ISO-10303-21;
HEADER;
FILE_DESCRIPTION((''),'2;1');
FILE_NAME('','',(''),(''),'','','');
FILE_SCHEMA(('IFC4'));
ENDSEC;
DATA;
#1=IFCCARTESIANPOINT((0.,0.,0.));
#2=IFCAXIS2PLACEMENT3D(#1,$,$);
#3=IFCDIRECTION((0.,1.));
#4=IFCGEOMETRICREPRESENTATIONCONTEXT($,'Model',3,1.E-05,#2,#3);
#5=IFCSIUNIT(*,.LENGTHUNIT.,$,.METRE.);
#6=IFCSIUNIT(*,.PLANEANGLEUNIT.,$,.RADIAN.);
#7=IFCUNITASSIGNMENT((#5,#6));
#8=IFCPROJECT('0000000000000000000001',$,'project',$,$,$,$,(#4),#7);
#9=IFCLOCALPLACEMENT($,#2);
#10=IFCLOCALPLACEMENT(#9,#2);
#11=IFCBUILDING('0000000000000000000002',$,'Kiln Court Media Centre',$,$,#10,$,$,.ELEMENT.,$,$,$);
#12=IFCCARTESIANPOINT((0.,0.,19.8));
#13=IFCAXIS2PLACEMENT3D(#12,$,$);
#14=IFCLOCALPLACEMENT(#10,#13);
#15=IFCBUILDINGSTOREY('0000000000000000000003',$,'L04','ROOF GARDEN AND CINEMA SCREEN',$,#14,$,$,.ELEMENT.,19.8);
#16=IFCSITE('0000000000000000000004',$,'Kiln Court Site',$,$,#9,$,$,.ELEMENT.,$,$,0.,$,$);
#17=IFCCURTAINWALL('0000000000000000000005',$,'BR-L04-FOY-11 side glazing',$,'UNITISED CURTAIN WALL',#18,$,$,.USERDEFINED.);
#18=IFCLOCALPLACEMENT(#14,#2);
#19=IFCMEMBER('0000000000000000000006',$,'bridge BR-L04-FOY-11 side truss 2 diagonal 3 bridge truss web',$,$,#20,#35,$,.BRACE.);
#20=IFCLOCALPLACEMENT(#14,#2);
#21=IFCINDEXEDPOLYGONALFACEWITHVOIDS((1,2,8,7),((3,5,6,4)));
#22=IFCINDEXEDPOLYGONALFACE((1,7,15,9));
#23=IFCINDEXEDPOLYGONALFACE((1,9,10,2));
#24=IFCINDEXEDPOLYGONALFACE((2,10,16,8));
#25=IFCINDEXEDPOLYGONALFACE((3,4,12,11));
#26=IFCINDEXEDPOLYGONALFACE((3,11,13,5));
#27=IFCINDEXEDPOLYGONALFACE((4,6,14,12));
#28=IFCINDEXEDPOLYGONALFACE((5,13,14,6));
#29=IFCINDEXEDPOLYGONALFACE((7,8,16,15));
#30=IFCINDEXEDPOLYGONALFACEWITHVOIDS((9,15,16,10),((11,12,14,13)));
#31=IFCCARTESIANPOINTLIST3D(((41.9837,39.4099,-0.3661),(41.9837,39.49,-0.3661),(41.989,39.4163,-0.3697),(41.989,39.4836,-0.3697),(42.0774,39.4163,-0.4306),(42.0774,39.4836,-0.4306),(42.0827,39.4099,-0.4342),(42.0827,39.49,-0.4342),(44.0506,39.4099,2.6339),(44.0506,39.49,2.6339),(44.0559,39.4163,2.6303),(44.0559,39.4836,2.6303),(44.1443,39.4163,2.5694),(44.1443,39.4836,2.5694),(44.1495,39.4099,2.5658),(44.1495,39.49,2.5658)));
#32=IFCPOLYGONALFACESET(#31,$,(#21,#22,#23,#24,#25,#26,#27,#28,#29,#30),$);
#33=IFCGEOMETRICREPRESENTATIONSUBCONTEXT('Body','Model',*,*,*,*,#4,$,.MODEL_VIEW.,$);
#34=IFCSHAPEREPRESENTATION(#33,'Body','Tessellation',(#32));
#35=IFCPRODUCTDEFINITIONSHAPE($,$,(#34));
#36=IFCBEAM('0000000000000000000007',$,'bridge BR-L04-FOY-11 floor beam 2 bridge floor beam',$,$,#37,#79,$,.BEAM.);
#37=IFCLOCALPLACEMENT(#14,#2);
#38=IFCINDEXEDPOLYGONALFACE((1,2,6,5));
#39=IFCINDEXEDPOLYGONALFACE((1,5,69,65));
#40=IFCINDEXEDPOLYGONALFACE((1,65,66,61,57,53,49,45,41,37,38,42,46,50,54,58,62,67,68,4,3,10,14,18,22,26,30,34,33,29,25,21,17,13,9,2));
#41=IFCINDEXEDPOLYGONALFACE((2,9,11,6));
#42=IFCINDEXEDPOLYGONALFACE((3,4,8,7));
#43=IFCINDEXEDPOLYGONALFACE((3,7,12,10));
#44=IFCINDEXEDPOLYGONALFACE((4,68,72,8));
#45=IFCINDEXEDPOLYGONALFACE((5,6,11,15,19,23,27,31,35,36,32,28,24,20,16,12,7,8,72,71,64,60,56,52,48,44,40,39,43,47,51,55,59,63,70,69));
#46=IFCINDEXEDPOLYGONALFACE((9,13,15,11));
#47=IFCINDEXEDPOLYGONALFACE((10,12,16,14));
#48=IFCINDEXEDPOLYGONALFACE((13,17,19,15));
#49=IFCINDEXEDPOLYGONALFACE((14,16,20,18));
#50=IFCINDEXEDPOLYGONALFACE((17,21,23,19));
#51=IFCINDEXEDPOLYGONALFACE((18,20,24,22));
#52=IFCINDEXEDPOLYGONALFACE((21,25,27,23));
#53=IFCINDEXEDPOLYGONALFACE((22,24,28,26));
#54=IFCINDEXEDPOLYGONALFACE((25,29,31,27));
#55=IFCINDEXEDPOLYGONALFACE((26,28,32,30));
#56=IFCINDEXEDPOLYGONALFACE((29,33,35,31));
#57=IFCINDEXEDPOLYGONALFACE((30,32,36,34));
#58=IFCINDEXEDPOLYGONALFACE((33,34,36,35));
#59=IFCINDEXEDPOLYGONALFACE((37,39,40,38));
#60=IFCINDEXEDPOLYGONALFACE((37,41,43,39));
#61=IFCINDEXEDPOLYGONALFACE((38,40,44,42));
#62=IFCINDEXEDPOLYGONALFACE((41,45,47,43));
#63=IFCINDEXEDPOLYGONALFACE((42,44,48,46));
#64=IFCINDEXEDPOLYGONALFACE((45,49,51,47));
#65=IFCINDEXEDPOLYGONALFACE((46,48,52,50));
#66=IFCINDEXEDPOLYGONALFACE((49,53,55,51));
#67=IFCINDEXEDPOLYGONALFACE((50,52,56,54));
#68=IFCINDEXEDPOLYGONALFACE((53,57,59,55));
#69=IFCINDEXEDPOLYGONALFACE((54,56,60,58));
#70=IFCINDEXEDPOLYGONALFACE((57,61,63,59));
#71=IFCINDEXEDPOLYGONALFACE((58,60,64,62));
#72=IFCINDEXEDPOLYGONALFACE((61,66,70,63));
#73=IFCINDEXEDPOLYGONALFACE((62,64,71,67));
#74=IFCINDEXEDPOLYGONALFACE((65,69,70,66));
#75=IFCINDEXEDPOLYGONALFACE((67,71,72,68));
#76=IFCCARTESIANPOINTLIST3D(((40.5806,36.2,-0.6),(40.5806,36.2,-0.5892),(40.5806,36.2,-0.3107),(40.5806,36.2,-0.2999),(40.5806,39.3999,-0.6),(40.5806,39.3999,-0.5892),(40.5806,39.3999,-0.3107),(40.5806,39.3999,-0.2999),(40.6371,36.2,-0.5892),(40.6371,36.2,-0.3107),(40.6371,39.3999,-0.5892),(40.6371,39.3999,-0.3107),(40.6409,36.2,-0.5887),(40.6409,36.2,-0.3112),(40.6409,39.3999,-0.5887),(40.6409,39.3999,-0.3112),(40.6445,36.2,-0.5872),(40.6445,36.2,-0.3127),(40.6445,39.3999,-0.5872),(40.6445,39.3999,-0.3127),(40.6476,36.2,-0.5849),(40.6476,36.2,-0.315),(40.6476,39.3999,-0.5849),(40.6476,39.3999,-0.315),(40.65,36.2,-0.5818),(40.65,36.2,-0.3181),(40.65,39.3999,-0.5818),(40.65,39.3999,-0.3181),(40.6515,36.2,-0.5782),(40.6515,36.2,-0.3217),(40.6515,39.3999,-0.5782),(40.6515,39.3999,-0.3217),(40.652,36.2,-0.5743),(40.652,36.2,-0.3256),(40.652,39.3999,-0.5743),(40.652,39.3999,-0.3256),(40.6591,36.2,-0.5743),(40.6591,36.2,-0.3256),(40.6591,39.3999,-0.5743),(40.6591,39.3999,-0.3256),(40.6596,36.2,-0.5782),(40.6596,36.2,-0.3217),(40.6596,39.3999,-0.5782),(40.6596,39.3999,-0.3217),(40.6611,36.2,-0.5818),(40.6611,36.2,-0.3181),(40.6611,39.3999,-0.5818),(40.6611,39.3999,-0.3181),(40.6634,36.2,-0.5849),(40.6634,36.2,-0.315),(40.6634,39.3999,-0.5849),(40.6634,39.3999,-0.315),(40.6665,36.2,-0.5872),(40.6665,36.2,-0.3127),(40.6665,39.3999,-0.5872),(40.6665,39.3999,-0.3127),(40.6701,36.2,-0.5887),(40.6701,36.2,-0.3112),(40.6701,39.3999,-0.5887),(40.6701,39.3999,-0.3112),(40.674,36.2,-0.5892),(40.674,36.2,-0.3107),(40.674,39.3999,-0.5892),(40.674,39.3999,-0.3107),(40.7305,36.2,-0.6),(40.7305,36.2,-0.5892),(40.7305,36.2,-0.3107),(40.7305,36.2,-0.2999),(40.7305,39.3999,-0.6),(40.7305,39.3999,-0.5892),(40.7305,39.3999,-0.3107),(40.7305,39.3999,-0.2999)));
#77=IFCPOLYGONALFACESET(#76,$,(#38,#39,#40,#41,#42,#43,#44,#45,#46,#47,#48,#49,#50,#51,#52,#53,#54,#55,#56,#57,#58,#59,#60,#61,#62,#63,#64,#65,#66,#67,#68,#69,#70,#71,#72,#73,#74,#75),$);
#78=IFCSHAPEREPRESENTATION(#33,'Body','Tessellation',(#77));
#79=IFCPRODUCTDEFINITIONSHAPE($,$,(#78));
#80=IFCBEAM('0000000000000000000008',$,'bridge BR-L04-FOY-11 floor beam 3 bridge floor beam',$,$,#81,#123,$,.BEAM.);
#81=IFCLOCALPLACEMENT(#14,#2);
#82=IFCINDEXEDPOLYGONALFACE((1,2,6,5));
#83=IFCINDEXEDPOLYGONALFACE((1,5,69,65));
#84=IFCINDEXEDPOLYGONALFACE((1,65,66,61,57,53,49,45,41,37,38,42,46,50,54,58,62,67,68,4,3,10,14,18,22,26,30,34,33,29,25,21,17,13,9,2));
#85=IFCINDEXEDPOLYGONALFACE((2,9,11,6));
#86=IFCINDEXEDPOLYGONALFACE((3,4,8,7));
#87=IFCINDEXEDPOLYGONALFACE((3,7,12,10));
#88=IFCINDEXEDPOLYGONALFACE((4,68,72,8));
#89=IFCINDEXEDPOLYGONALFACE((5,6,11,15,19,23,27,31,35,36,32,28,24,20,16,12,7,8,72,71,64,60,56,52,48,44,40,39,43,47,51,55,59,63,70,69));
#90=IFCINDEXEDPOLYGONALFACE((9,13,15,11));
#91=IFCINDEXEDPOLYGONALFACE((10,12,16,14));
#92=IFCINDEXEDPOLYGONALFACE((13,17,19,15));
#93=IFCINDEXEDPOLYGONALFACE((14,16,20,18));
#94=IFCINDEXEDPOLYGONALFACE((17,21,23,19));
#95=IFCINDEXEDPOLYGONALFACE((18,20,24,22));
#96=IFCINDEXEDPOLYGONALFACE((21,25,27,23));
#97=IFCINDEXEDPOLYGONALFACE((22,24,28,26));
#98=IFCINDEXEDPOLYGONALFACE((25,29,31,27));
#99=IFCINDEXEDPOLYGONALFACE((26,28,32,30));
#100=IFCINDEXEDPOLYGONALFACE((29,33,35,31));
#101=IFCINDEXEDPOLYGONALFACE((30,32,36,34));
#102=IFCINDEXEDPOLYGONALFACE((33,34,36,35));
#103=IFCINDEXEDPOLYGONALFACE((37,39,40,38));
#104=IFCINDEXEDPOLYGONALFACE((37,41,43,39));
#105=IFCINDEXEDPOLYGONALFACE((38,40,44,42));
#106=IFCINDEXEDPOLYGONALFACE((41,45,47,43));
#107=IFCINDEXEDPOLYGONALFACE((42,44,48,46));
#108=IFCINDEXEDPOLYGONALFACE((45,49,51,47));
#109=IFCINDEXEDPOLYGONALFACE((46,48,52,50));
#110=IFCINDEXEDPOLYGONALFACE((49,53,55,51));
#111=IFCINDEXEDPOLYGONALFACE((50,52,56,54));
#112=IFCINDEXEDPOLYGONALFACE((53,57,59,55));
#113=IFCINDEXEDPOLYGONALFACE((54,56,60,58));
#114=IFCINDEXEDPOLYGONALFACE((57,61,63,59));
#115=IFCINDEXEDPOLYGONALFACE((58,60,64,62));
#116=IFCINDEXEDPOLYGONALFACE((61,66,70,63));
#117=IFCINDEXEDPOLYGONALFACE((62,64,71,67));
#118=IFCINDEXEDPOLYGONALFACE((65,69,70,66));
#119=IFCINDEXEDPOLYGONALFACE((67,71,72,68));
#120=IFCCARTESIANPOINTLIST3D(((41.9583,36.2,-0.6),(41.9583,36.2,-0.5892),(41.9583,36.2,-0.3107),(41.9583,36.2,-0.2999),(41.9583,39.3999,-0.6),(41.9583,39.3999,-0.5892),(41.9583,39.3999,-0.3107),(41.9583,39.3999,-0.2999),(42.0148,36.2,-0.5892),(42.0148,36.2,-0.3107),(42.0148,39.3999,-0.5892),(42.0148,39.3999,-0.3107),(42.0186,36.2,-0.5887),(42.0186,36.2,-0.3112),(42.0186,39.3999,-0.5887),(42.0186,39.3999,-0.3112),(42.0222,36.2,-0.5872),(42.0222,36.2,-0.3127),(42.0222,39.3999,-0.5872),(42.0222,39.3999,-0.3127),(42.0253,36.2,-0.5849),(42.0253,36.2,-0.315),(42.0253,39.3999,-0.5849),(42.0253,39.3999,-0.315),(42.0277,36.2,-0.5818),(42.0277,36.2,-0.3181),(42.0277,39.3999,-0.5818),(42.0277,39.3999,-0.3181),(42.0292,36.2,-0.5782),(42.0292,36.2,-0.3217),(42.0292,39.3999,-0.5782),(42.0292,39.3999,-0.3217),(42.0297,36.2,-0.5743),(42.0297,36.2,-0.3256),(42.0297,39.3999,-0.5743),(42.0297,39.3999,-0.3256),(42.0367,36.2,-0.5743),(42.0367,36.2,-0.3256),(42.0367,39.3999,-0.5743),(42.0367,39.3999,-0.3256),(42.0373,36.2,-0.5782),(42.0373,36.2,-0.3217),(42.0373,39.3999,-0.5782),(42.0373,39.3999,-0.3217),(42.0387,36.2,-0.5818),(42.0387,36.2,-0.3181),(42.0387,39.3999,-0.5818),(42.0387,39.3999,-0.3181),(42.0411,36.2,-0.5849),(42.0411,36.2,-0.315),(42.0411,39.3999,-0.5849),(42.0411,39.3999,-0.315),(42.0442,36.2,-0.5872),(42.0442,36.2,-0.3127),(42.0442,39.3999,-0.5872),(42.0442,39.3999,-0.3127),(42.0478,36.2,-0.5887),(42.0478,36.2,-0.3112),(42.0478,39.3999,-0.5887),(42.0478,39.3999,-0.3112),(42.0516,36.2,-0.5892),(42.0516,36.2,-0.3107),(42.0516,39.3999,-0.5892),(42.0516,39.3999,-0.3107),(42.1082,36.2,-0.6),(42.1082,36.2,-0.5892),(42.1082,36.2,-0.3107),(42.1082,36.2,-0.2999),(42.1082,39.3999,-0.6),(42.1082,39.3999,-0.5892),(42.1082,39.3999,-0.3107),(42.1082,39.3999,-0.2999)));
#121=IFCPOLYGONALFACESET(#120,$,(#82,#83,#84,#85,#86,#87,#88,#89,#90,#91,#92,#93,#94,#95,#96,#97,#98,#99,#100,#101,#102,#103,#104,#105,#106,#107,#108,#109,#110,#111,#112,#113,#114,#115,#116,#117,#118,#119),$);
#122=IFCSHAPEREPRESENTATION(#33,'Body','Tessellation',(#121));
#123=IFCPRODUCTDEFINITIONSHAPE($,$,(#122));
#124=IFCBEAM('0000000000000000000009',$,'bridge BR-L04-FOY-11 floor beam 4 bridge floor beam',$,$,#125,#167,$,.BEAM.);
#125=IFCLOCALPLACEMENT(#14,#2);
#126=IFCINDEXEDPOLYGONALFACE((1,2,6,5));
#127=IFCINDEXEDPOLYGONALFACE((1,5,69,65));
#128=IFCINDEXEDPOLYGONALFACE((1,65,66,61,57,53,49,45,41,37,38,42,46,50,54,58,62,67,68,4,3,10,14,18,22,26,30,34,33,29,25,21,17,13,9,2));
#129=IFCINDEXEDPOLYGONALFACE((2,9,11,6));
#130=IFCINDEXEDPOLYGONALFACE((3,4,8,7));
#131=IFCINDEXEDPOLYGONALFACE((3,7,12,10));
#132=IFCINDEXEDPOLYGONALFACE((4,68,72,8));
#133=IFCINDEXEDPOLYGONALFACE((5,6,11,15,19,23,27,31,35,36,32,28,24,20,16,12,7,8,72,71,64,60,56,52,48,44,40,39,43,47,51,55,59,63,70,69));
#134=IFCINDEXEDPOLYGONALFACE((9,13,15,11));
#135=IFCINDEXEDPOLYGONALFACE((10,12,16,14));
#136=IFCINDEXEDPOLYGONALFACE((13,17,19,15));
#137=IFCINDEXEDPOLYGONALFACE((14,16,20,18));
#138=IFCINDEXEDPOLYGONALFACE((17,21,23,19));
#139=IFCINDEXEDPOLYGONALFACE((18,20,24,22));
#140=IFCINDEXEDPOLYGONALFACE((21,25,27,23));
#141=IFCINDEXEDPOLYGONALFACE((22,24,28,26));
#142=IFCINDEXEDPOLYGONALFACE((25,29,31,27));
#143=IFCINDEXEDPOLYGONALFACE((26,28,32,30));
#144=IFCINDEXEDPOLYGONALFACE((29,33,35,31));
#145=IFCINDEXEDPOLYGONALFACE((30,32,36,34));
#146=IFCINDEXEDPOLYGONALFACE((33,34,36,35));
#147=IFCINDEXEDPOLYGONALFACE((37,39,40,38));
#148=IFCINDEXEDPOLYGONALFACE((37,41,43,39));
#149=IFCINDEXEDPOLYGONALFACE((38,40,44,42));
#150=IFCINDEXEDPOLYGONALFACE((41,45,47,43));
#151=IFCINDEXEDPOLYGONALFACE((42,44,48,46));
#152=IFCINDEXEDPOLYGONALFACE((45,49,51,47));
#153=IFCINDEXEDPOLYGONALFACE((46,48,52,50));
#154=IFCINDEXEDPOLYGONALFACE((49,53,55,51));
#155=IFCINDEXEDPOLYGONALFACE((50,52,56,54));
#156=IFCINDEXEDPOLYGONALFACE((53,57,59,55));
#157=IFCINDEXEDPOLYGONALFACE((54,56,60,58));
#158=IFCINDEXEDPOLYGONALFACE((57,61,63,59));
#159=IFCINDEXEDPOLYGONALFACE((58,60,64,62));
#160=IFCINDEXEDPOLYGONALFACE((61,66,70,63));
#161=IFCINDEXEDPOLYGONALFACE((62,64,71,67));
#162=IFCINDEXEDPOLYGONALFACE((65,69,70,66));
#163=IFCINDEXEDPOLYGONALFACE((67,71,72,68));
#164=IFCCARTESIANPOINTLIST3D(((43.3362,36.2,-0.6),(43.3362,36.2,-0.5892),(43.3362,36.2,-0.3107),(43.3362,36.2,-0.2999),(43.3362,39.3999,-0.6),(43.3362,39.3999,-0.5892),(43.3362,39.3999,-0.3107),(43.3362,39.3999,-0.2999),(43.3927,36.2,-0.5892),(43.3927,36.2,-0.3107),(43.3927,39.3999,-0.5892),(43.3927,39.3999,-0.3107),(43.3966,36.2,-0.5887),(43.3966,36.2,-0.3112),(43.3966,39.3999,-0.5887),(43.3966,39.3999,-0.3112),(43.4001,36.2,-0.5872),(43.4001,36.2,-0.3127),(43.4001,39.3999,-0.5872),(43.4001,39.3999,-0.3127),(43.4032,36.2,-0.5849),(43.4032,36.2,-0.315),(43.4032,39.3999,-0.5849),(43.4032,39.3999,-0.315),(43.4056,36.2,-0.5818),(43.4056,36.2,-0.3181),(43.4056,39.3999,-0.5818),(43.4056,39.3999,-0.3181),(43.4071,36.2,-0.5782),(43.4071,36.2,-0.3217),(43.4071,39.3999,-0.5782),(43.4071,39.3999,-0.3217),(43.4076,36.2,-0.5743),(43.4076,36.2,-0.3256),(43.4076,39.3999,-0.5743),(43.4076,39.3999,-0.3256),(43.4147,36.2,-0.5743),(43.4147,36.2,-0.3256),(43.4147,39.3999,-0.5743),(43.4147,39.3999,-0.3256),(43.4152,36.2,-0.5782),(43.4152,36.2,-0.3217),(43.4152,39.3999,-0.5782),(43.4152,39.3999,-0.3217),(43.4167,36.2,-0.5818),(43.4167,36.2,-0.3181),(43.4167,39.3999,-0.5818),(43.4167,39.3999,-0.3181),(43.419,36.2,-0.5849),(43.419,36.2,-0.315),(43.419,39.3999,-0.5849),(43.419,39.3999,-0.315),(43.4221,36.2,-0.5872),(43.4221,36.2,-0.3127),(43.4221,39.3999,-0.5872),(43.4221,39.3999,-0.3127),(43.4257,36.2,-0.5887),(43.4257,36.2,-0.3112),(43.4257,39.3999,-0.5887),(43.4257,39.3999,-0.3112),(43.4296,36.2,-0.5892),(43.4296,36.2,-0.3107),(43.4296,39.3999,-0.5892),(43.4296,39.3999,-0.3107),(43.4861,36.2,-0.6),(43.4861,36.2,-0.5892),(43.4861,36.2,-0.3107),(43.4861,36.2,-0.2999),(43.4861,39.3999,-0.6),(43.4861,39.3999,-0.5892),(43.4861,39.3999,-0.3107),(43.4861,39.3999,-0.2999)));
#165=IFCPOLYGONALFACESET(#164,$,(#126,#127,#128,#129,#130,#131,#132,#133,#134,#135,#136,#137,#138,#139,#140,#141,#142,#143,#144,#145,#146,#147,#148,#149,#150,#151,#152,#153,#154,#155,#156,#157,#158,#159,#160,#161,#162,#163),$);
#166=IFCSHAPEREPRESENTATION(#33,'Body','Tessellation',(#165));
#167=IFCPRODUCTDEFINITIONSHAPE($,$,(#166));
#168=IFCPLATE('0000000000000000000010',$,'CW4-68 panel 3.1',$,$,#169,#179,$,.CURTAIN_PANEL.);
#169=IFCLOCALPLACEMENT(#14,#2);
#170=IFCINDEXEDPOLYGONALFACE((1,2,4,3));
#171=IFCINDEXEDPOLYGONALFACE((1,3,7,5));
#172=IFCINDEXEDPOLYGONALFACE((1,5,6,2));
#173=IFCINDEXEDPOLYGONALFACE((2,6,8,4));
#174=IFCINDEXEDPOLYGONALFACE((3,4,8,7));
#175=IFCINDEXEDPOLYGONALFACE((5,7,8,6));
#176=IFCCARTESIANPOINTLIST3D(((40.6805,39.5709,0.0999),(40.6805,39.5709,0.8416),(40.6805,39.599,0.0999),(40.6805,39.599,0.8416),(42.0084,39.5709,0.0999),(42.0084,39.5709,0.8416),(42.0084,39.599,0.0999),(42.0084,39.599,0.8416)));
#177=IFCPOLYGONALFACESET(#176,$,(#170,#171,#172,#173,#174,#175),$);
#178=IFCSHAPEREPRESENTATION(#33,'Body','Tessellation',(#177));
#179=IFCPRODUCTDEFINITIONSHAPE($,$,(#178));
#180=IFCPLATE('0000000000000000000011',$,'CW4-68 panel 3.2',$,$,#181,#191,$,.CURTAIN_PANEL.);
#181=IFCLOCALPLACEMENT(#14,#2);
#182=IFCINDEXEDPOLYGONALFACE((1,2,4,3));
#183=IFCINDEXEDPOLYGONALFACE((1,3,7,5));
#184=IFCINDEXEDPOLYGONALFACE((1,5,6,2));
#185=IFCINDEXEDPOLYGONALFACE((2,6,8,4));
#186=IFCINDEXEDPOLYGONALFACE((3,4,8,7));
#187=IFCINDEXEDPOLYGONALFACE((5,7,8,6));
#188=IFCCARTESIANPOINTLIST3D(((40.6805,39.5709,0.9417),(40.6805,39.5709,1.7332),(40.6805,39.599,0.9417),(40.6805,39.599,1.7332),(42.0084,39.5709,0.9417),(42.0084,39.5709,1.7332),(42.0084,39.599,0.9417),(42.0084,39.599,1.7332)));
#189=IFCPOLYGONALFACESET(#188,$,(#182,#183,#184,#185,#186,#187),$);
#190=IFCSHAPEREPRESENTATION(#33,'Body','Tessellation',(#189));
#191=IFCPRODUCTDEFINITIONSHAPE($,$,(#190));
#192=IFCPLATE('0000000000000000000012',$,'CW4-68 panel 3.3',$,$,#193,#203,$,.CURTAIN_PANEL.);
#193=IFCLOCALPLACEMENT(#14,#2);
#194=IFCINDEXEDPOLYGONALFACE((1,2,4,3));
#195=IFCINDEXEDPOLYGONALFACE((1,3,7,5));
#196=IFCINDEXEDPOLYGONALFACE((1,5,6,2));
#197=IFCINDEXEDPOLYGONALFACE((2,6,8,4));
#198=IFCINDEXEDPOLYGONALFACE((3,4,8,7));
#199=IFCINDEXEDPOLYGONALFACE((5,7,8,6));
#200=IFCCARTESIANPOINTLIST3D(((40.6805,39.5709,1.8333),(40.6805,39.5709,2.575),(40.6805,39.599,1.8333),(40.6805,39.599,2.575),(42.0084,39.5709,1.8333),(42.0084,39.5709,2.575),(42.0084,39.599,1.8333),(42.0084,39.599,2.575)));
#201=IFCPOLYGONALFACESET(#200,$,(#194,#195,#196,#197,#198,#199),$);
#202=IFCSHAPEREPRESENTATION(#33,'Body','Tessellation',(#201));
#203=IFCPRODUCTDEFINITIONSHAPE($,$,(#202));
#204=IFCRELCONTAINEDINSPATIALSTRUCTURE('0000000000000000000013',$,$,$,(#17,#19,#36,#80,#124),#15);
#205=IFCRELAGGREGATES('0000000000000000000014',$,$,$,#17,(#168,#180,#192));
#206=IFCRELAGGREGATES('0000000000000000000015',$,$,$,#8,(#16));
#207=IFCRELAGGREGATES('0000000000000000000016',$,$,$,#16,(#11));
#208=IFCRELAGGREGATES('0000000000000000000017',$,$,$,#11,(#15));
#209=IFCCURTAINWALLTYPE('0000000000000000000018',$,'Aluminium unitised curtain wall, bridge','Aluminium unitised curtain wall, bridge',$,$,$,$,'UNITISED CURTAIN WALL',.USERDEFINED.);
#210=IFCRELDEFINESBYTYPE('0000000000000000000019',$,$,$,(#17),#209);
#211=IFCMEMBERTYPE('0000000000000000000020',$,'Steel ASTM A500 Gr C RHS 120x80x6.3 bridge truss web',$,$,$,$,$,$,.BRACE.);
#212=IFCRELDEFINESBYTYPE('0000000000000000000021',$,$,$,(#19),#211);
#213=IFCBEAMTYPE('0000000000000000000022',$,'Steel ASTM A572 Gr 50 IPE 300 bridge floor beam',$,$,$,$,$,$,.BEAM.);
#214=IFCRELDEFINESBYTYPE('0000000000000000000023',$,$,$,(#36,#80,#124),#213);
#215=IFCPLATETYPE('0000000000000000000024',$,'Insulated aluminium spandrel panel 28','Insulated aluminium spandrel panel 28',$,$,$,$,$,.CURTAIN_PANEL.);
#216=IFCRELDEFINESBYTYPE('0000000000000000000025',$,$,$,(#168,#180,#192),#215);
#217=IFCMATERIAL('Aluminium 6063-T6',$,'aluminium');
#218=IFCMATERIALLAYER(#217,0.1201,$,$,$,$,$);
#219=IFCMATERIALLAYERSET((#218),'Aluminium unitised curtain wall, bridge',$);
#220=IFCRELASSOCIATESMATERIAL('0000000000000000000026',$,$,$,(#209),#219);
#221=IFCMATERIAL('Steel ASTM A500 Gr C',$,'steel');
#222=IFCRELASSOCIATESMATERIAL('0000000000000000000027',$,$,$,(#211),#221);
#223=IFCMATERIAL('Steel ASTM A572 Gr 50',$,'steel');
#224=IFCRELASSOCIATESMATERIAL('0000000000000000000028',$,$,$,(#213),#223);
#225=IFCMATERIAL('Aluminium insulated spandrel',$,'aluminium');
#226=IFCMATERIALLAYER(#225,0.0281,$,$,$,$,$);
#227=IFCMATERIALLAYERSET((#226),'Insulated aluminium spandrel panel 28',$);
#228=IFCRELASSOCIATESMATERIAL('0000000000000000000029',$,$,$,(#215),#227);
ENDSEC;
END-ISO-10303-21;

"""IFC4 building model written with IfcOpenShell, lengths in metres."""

from ifc_helpers import new_model, si_unit, direction, frame, origin, origin_2d, place, context, subcontext, project, spatial, rectangle, hollow_rectangle, i_section, extrude, material, layer, layer_set, material_profile, profile_set, type_object, element, aggregate, save


model = new_model("IFC4")

# Units and contexts
model_context = context("Model", 3, precision=1e-05, world=origin(), true_north=direction((0.0, 1.0)))
body_context = subcontext(model_context, "Body", "Model", "MODEL_VIEW")
ifc_project = project(units=[si_unit("LENGTHUNIT", "METRE"), si_unit("PLANEANGLEUNIT", "RADIAN")], contexts=[model_context])

# Site, building, storey
site_placement = place(None, origin())
site = spatial("IfcSite", under=ifc_project, at=site_placement, Name="Kiln Court Site", CompositionType="ELEMENT", RefElevation=0.0)
building_placement = place(site_placement, origin())
building = spatial("IfcBuilding", under=site, at=building_placement, Name="Kiln Court Media Centre", CompositionType="ELEMENT")
storey_placement = place(building_placement, frame((0.0, 0.0, 19.8)))
storey = spatial("IfcBuildingStorey", under=building, at=storey_placement, Name="L04", Description="ROOF GARDEN AND CINEMA SCREEN", CompositionType="ELEMENT", Elevation=19.8)

# Curtain wall
ifc_material_1 = material(Name="Aluminium 6063-T6", Category="aluminium")
ifc_layer_1 = layer(ifc_material_1, 0.1201)
ifc_layer_set_1 = layer_set([ifc_layer_1], Name="Aluminium unitised curtain wall, bridge")
curtain_wall_type = type_object("IfcCurtainWallType", Name="Aluminium unitised curtain wall, bridge", Description="Aluminium unitised curtain wall, bridge", ElementType="UNITISED CURTAIN WALL", PredefinedType="USERDEFINED", material=ifc_layer_set_1)
curtain_wall_placement = place(storey_placement, origin())
curtain_wall = element("IfcCurtainWall", 1, at=curtain_wall_placement, inside=storey, type_object=curtain_wall_type, Name="BR-L04-FOY-11 side glazing", ObjectType="UNITISED CURTAIN WALL", PredefinedType="USERDEFINED")

# Member
ifc_material_2 = material(Name="Steel ASTM A500 Gr C", Category="steel")
ifc_material_profile_1 = material_profile(ifc_material_2, hollow_rectangle(XDim=0.0801, YDim=0.1201, WallThickness=0.0063, at=origin_2d()), Name="RHS 120x80x6.3")
ifc_profile_set_1 = profile_set([ifc_material_profile_1], Name="Steel ASTM A500 Gr C")
member_type_1 = type_object("IfcMemberType", Name="Steel ASTM A500 Gr C RHS 120x80x6.3 bridge truss web", PredefinedType="BRACE", material=ifc_profile_set_1)
member_1_placement = place(storey_placement, frame((42.0332, 39.45, -0.4001), z_axis=(0.567348, 0.0, 0.823478), x_axis=(0.0, 1.0, 0.0)))
element("IfcMember", 2, at=member_1_placement, inside=storey, type_object=member_type_1, Name="bridge BR-L04-FOY-11 side truss 2 diagonal 3 bridge truss web", PredefinedType="BRACE", context=body_context, shape_type="SweptSolid", body=[
    extrude(hollow_rectangle(XDim=0.0801, YDim=0.1201, WallThickness=0.0063, at=origin_2d()), origin(), (0.0, 0.0, 1.0), 3.6431),
])

# Beams
ifc_material_3 = material(Name="Steel ASTM A572 Gr 50", Category="steel")
ifc_material_profile_2 = material_profile(ifc_material_3, i_section(OverallWidth=0.1499, OverallDepth=0.3, WebThickness=0.0071, FlangeThickness=0.0107, FilletRadius=0.0149, at=origin_2d()), Name="IPE 300")
ifc_profile_set_2 = profile_set([ifc_material_profile_2], Name="Steel ASTM A572 Gr 50")
beam_type = type_object("IfcBeamType", Name="Steel ASTM A572 Gr 50 IPE 300 bridge floor beam", PredefinedType="BEAM", material=ifc_profile_set_2)
for number, where, z_axis, x_axis, name in (
    (3, (40.6555, 36.2, -0.45), (0.0, 1.0, 0.0), (-1.0, 0.0, 0.0), "bridge BR-L04-FOY-11 floor beam 2 bridge floor beam"),
    (4, (42.0332, 36.2, -0.45), (0.0, 1.0, 0.0), (-1.0, 0.0, 0.0), "bridge BR-L04-FOY-11 floor beam 3 bridge floor beam"),
    (5, (43.4111, 36.2, -0.45), (0.0, 1.0, 0.0), (-1.0, 0.0, 0.0), "bridge BR-L04-FOY-11 floor beam 4 bridge floor beam"),
):
    element("IfcBeam", number, at=place(storey_placement, frame(where, z_axis=z_axis, x_axis=x_axis)), inside=storey, type_object=beam_type, Name=name, PredefinedType="BEAM", context=body_context, shape_type="SweptSolid", body=[
        extrude(i_section(OverallWidth=0.1499, OverallDepth=0.3, WebThickness=0.0071, FlangeThickness=0.0107, FilletRadius=0.0149, at=origin_2d()), origin(), (0.0, 0.0, 1.0), 3.2),
    ])

# Plates
ifc_material_4 = material(Name="Aluminium insulated spandrel", Category="aluminium")
ifc_layer_2 = layer(ifc_material_4, 0.0281)
ifc_layer_set_2 = layer_set([ifc_layer_2], Name="Insulated aluminium spandrel panel 28")
plate_type_1 = type_object("IfcPlateType", Name="Insulated aluminium spandrel panel 28", Description="Insulated aluminium spandrel panel 28", PredefinedType="CURTAIN_PANEL", material=ifc_layer_set_2)
plate_1_placement = place(storey_placement, frame((41.3445, 39.585, 0.0999), z_axis=(0.0, 0.0, 1.0), x_axis=(1.0, 0.0, 0.0)))
plate_1 = element("IfcPlate", 6, at=plate_1_placement, type_object=plate_type_1, Name="CW4-68 panel 3.1", PredefinedType="CURTAIN_PANEL", context=body_context, shape_type="SweptSolid", body=[
    extrude(rectangle(XDim=1.3279, YDim=0.0281, at=origin_2d()), origin(), (0.0, 0.0, 1.0), 0.7417),
])
plate_2_placement = place(storey_placement, frame((41.3445, 39.585, 0.9417), z_axis=(0.0, 0.0, 1.0), x_axis=(1.0, 0.0, 0.0)))
plate_2 = element("IfcPlate", 7, at=plate_2_placement, type_object=plate_type_1, Name="CW4-68 panel 3.2", PredefinedType="CURTAIN_PANEL", context=body_context, shape_type="SweptSolid", body=[
    extrude(rectangle(XDim=1.3279, YDim=0.0281, at=origin_2d()), origin(), (0.0, 0.0, 1.0), 0.7915),
])
plate_3_placement = place(storey_placement, frame((41.3445, 39.585, 1.8333), z_axis=(0.0, 0.0, 1.0), x_axis=(1.0, 0.0, 0.0)))
plate_3 = element("IfcPlate", 8, at=plate_3_placement, type_object=plate_type_1, Name="CW4-68 panel 3.3", PredefinedType="CURTAIN_PANEL", context=body_context, shape_type="SweptSolid", body=[
    extrude(rectangle(XDim=1.3279, YDim=0.0281, at=origin_2d()), origin(), (0.0, 0.0, 1.0), 0.7417),
])
aggregate(curtain_wall, [plate_1, plate_2, plate_3])

save(model, "model.ifc")
